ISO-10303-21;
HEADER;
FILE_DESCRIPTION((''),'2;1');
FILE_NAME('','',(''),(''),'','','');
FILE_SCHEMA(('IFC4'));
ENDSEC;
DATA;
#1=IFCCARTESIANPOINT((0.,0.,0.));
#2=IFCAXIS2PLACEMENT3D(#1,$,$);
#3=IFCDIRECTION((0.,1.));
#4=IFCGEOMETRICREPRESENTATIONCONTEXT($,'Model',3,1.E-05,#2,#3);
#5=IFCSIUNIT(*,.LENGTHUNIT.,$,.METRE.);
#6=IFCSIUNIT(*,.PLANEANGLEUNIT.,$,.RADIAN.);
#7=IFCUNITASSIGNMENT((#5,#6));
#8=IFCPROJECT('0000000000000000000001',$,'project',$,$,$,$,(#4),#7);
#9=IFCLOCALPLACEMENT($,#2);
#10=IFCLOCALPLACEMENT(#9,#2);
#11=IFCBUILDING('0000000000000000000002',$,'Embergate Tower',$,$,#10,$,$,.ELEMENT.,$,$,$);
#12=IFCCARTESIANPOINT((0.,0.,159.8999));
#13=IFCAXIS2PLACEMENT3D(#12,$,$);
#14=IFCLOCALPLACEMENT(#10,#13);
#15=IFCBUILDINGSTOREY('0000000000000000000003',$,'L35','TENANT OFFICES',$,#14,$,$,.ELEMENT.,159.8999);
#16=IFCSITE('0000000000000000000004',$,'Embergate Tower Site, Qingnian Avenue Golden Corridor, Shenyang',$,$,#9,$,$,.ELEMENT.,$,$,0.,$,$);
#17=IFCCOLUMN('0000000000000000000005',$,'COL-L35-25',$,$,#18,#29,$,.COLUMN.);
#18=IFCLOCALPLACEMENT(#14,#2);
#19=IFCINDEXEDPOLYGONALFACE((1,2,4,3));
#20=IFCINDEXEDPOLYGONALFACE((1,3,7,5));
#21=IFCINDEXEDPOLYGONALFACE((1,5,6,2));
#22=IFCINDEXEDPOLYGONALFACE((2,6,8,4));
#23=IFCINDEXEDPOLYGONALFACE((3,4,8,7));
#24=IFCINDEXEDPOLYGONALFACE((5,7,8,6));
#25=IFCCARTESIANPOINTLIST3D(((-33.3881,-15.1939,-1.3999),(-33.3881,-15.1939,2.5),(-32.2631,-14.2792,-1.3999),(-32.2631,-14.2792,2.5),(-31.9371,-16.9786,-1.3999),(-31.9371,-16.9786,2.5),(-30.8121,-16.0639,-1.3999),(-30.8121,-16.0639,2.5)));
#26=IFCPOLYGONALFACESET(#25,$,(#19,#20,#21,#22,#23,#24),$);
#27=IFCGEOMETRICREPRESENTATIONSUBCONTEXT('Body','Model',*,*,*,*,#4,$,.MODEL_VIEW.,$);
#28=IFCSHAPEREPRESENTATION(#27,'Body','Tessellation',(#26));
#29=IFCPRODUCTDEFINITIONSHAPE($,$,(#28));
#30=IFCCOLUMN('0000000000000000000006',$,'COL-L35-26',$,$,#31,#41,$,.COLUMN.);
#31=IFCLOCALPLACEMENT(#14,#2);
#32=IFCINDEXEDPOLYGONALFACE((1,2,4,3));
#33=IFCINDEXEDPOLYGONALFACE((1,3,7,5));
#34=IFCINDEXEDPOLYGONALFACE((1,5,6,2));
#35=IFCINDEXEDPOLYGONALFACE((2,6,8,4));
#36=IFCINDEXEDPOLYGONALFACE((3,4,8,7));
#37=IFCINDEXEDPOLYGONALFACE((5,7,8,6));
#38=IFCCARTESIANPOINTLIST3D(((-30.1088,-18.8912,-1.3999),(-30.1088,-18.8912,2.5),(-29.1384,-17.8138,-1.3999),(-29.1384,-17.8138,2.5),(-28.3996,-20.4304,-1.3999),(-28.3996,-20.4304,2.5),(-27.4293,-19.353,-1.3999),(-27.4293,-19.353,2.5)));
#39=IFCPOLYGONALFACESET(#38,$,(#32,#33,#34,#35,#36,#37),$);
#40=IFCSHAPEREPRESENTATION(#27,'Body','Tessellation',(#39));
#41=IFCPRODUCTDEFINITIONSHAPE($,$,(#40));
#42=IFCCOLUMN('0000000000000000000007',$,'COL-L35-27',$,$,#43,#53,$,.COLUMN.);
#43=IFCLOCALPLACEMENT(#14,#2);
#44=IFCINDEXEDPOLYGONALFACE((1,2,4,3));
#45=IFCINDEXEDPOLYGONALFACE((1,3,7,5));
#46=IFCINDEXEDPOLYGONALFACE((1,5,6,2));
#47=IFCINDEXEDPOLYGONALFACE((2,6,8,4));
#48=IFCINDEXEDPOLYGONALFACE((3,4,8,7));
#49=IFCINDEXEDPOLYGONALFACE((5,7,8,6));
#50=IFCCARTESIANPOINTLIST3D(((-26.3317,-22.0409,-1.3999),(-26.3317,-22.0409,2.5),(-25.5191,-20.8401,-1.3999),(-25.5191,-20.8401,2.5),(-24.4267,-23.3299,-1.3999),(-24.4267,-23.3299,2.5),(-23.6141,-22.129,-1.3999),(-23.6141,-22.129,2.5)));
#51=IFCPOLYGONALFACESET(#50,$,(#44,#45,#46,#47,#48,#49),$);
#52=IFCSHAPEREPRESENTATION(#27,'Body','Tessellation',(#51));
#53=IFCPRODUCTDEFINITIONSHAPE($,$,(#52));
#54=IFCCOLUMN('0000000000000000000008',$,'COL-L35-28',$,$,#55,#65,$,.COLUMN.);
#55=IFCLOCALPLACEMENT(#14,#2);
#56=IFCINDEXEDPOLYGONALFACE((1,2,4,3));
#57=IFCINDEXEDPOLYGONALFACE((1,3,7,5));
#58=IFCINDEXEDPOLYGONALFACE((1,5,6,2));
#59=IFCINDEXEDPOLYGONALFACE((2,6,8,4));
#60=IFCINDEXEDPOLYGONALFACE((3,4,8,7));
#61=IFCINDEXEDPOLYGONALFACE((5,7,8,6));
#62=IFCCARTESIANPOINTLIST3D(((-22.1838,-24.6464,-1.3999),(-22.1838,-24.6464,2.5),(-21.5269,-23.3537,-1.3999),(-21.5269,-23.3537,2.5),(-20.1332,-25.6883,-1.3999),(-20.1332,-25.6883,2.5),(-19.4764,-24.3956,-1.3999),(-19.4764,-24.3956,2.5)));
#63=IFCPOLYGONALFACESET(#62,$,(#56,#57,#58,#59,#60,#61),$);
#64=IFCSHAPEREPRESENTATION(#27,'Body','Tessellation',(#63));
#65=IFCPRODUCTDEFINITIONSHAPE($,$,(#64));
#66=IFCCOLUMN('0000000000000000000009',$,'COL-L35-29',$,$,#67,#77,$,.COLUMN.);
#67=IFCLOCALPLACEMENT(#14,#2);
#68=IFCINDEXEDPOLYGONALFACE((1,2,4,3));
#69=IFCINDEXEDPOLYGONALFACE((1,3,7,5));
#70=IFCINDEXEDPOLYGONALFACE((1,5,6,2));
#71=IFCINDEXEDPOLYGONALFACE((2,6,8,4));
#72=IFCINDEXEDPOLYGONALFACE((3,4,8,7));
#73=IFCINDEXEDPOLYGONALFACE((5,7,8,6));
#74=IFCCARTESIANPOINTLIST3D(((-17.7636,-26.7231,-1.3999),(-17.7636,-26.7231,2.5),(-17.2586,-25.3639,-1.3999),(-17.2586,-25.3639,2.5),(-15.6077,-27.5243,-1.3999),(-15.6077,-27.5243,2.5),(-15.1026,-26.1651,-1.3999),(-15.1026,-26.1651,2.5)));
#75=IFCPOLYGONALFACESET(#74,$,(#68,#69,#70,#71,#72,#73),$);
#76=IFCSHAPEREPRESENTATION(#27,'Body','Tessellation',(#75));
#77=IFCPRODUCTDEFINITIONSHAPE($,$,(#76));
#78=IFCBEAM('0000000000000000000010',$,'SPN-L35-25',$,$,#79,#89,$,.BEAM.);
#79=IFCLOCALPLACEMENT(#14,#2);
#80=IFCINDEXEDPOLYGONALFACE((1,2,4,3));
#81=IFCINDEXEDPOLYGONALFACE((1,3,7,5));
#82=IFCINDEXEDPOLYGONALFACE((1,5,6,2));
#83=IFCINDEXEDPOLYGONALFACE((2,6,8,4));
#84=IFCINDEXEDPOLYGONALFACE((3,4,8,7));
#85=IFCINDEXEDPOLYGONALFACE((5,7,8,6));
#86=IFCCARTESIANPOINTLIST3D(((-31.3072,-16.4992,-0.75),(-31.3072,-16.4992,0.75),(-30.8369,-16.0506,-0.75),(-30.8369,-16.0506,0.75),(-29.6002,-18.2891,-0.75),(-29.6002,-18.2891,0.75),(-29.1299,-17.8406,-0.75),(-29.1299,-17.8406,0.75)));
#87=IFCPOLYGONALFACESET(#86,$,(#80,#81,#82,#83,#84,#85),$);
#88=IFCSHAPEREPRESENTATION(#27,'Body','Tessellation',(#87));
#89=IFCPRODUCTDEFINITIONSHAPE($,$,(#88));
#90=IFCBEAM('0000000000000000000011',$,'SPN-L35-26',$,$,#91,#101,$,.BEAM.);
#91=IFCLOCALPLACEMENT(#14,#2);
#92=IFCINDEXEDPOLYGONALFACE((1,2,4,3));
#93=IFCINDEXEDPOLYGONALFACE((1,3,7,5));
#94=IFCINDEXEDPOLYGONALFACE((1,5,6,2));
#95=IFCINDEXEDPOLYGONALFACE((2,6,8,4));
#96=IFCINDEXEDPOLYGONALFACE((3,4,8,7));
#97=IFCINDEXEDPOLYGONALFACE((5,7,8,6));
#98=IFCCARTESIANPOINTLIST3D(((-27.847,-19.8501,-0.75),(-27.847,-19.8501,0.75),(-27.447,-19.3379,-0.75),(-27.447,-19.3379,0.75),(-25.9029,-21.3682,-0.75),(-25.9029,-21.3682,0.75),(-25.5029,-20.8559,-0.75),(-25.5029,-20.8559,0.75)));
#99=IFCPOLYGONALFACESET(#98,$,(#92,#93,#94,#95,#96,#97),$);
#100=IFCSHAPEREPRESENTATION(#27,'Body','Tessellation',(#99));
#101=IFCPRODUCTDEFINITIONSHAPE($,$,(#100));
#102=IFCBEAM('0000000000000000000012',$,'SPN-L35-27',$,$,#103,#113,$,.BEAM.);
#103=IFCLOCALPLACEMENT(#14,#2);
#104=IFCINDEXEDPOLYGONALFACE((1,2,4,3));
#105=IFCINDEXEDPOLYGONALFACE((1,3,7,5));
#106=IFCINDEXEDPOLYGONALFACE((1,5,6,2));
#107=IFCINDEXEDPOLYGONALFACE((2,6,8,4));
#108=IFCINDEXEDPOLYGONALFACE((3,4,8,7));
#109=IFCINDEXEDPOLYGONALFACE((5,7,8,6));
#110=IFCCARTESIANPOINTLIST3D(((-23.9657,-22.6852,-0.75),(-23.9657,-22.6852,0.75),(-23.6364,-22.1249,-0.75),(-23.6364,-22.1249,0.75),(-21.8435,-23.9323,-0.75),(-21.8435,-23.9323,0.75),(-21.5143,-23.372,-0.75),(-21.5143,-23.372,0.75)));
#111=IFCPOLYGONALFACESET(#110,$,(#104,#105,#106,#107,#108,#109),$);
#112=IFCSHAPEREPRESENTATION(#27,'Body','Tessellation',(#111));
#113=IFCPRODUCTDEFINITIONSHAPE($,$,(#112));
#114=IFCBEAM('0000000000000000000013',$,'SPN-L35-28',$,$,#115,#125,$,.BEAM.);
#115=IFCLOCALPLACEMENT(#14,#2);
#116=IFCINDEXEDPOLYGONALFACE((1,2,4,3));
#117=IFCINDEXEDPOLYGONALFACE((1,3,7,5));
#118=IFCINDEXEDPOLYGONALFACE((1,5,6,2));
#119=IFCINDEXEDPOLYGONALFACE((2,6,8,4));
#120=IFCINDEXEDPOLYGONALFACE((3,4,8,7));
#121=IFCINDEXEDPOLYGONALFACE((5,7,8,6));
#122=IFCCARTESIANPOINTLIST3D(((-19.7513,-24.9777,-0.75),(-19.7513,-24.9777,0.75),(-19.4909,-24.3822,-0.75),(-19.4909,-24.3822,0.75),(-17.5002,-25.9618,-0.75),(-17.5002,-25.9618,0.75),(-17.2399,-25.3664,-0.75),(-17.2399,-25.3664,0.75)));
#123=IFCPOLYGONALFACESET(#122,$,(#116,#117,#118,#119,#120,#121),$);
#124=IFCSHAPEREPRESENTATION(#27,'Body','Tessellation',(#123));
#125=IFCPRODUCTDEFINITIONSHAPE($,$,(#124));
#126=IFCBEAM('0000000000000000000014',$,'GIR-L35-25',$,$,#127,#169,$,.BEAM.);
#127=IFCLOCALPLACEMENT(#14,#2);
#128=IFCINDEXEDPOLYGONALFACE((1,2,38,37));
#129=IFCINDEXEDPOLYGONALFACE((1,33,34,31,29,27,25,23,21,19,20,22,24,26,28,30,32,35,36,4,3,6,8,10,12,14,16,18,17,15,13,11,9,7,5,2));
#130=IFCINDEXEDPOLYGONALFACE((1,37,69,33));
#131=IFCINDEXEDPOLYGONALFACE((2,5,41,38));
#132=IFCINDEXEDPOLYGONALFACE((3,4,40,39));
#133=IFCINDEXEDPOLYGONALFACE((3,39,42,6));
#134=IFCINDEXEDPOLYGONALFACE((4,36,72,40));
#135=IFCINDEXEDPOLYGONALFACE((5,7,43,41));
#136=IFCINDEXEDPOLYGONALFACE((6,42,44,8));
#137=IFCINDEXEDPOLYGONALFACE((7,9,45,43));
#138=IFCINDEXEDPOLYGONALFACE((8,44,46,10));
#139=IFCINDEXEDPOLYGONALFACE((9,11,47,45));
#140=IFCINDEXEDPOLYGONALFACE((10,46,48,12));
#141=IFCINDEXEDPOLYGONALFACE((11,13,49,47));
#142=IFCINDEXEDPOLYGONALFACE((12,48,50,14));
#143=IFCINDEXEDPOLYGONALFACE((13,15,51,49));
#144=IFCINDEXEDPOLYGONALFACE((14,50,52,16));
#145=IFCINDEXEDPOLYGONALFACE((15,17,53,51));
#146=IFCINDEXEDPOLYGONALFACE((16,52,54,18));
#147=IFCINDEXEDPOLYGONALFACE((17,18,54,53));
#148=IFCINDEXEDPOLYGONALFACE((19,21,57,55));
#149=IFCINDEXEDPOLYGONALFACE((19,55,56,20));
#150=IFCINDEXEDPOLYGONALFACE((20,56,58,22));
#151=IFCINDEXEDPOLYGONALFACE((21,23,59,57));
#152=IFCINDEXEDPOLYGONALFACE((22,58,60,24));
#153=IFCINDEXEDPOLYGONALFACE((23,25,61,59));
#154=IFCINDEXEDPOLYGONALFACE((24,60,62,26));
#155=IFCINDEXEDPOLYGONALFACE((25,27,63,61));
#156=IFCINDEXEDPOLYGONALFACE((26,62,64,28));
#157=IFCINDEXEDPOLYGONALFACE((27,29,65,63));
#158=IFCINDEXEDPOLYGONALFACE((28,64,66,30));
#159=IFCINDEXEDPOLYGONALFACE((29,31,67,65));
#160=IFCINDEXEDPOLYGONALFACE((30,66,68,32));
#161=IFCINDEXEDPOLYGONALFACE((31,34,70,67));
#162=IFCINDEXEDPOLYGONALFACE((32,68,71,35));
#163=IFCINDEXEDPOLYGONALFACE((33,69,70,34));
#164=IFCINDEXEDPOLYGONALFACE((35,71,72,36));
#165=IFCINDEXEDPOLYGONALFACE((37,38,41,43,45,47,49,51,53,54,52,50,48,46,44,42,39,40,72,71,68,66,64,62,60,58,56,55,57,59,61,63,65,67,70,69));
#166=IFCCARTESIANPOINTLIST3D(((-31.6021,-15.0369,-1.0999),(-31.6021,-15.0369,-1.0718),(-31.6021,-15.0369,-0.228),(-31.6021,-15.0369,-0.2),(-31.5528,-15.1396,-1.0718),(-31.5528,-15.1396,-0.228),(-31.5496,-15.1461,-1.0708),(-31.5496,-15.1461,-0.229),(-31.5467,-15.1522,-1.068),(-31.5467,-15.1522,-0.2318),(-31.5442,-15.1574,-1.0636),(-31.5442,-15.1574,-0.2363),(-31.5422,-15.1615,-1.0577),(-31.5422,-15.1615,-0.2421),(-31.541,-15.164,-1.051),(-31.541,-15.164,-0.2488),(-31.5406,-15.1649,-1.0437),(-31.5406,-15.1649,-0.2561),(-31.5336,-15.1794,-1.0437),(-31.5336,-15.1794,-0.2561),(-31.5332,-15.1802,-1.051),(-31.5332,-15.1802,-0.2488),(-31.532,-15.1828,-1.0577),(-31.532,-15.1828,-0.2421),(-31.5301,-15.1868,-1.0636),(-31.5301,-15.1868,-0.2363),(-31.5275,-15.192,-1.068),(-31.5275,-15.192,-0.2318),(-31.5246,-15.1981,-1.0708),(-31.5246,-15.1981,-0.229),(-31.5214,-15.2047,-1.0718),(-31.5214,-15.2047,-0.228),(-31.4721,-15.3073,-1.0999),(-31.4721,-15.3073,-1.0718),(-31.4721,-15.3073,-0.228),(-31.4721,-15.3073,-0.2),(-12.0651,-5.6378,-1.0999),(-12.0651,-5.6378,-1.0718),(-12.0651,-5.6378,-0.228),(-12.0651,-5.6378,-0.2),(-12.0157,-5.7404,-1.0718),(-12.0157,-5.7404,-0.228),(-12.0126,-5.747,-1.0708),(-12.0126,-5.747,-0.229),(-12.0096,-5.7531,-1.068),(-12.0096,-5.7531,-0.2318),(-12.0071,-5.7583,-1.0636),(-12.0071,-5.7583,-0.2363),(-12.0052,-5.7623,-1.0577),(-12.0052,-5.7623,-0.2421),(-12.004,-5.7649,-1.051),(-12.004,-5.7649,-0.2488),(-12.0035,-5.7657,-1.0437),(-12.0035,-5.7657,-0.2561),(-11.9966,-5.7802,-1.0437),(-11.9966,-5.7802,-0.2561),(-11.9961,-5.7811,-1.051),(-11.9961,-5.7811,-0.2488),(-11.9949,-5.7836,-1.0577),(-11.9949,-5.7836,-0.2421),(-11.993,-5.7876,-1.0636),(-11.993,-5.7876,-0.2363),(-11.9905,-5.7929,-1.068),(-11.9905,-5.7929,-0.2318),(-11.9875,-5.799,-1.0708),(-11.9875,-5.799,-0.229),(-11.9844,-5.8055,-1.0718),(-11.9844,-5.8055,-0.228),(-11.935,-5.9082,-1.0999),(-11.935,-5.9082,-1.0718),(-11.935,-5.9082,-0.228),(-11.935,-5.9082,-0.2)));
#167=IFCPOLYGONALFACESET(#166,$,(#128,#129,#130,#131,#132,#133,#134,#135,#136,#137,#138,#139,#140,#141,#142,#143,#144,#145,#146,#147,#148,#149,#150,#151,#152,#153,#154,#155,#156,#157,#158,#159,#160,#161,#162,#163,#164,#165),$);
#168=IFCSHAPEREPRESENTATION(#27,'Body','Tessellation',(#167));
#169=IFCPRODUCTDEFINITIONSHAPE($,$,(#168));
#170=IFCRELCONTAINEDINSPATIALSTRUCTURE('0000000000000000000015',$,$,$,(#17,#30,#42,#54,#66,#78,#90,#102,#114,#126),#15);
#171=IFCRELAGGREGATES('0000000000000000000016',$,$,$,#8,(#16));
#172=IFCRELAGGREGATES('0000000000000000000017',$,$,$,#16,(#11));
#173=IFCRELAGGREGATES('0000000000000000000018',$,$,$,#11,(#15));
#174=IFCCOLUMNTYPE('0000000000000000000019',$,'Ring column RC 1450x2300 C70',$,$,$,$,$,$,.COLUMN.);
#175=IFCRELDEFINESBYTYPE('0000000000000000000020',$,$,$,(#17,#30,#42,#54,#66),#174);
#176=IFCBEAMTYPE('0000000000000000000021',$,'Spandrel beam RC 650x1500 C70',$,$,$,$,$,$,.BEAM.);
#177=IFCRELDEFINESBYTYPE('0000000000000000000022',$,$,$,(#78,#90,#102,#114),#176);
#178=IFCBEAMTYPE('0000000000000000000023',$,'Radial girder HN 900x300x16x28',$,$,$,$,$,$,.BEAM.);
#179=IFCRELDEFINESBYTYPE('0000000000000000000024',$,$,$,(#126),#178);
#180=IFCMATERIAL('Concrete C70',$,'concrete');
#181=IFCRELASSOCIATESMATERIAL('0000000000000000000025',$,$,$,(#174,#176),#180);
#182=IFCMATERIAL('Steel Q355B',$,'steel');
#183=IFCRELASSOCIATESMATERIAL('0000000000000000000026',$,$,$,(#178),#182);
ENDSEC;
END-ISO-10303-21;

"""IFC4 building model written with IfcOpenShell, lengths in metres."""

from ifc_helpers import new_model, si_unit, direction, frame, origin, origin_2d, place, context, subcontext, project, spatial, rectangle, i_section, extrude, source, transform, mapped, material, material_profile, profile_set, type_object, element, save


model = new_model("IFC4")

# Units and contexts
model_context = context("Model", 3, precision=1e-05, world=origin(), true_north=direction((0.0, 1.0)))
body_context = subcontext(model_context, "Body", "Model", "MODEL_VIEW")
ifc_project = project(units=[si_unit("LENGTHUNIT", "METRE"), si_unit("PLANEANGLEUNIT", "RADIAN")], contexts=[model_context])

# Site, building, storey
site_placement = place(None, origin())
site = spatial("IfcSite", under=ifc_project, at=site_placement, Name="Embergate Tower Site, Qingnian Avenue Golden Corridor, Shenyang", CompositionType="ELEMENT", RefElevation=0.0)
building_placement = place(site_placement, origin())
building = spatial("IfcBuilding", under=site, at=building_placement, Name="Embergate Tower", CompositionType="ELEMENT")
storey_placement = place(building_placement, frame((0.0, 0.0, 159.8999)))
storey = spatial("IfcBuildingStorey", under=building, at=storey_placement, Name="L35", Description="TENANT OFFICES", CompositionType="ELEMENT", Elevation=159.8999)

# Columns
ifc_material_1 = material(Name="Concrete C70", Category="concrete")
ifc_material_profile_1 = material_profile(ifc_material_1, rectangle(XDim=1.45, YDim=2.3, at=origin_2d()), Name="RC 1450x2300")
ifc_profile_set_1 = profile_set([ifc_material_profile_1], Name="Concrete C70")
column_type = type_object("IfcColumnType", Name="Ring column RC 1450x2300 C70", PredefinedType="COLUMN", material=ifc_profile_set_1)
shared_shape_1 = source(origin(), body_context, "Body", "SweptSolid", [
    extrude(rectangle(XDim=1.45, YDim=2.3, at=origin_2d()), origin(), (0.0, 0.0, 1.0), 3.8999),
])
for number, where, z_axis, x_axis, name in (
    (1, (-32.1001, -15.6289, -1.3999), (0.0, 0.0, 1.0), (-0.775914, -0.630838, 0.0), "COL-L35-25"),
    (2, (-28.769, -19.1221, -1.3999), (0.0, 0.0, 1.0), (-0.669208, -0.743075, 0.0), "COL-L35-26"),
    (3, (-24.9729, -22.085, -1.3999), (0.0, 0.0, 1.0), (-0.560393, -0.828227, 0.0), "COL-L35-27"),
    (4, (-20.8301, -24.521, -1.3999), (0.0, 0.0, 1.0), (-0.452995, -0.891513, 0.0), "COL-L35-28"),
    (5, (-16.4331, -26.4441, -1.3999), (0.0, 0.0, 1.0), (-0.348343, -0.937367, 0.0), "COL-L35-29"),
):
    element("IfcColumn", number, at=place(storey_placement, frame(where, z_axis=z_axis, x_axis=x_axis)), inside=storey, type_object=column_type, Name=name, PredefinedType="COLUMN", context=body_context, shape_type="MappedRepresentation", body=[
        mapped(shared_shape_1, transform((0.0, 0.0, 0.0))),
    ])

# Beams
ifc_material_profile_2 = material_profile(ifc_material_1, rectangle(XDim=0.6499, YDim=1.5, at=origin_2d()), Name="RC 650x1500")
ifc_profile_set_2 = profile_set([ifc_material_profile_2], Name="Concrete C70")
beam_type_1 = type_object("IfcBeamType", Name="Spandrel beam RC 650x1500 C70", PredefinedType="BEAM", material=ifc_profile_set_2)
shared_shape_2 = source(origin(), body_context, "Body", "SweptSolid", [
    extrude(rectangle(XDim=0.6499, YDim=1.5, at=origin_2d()), origin(), (0.0, 0.0, 1.0), 2.4734),
])
beam_1_placement = place(storey_placement, frame((-31.072, -16.2749, 0.0), z_axis=(0.690128, -0.723687, 0.0), x_axis=(0.723687, 0.690128, 0.0)))
element("IfcBeam", 6, at=beam_1_placement, inside=storey, type_object=beam_type_1, Name="SPN-L35-25", PredefinedType="BEAM", context=body_context, shape_type="MappedRepresentation", body=[
    mapped(shared_shape_2, transform((0.0, 0.0, 0.0))),
])
shared_shape_3 = source(origin(), body_context, "Body", "SweptSolid", [
    extrude(rectangle(XDim=0.6499, YDim=1.5, at=origin_2d()), origin(), (0.0, 0.0, 1.0), 2.4666),
])
beam_2_placement = place(storey_placement, frame((-27.647, -19.594, 0.0), z_axis=(0.788173, -0.615454, 0.0), x_axis=(0.615454, 0.788173, 0.0)))
element("IfcBeam", 7, at=beam_2_placement, inside=storey, type_object=beam_type_1, Name="SPN-L35-26", PredefinedType="BEAM", context=body_context, shape_type="MappedRepresentation", body=[
    mapped(shared_shape_3, transform((0.0, 0.0, 0.0))),
])
shared_shape_4 = source(origin(), body_context, "Body", "SweptSolid", [
    extrude(rectangle(XDim=0.6499, YDim=1.5, at=origin_2d()), origin(), (0.0, 0.0, 1.0), 2.4614),
])
beam_3_placement = place(storey_placement, frame((-23.801, -22.405, 0.0), z_axis=(0.862148, -0.506656, 0.0), x_axis=(0.506656, 0.862148, 0.0)))
element("IfcBeam", 8, at=beam_3_placement, inside=storey, type_object=beam_type_1, Name="SPN-L35-27", PredefinedType="BEAM", context=body_context, shape_type="MappedRepresentation", body=[
    mapped(shared_shape_4, transform((0.0, 0.0, 0.0))),
])
shared_shape_5 = source(origin(), body_context, "Body", "SweptSolid", [
    extrude(rectangle(XDim=0.6499, YDim=1.5, at=origin_2d()), origin(), (0.0, 0.0, 1.0), 2.4568),
])
beam_4_placement = place(storey_placement, frame((-19.6211, -24.6799, 0.0), z_axis=(0.916258, -0.400589, 0.0), x_axis=(0.400589, 0.916258, 0.0)))
element("IfcBeam", 9, at=beam_4_placement, inside=storey, type_object=beam_type_1, Name="SPN-L35-28", PredefinedType="BEAM", context=body_context, shape_type="MappedRepresentation", body=[
    mapped(shared_shape_5, transform((0.0, 0.0, 0.0))),
])
ifc_material_2 = material(Name="Steel Q355B", Category="steel")
ifc_material_profile_3 = material_profile(ifc_material_2, i_section(OverallWidth=0.3, OverallDepth=0.8999, WebThickness=0.0161, FlangeThickness=0.0281, FilletRadius=0.0281, at=origin_2d()), Name="HN 900x300x16x28")
ifc_profile_set_3 = profile_set([ifc_material_profile_3], Name="Steel Q355 grade B")
beam_type_2 = type_object("IfcBeamType", Name="Radial girder HN 900x300x16x28", PredefinedType="BEAM", material=ifc_profile_set_3)
shared_shape_6 = source(origin(), body_context, "Body", "SweptSolid", [
    extrude(i_section(OverallWidth=0.3, OverallDepth=0.8999, WebThickness=0.0161, FlangeThickness=0.0281, FilletRadius=0.0281, at=origin_2d()), origin(), (0.0, 0.0, 1.0), 21.6804),
])
beam_5_placement = place(storey_placement, frame((-31.5371, -15.1721, -0.6499), z_axis=(0.901138, 0.433532, 0.0), x_axis=(-0.433532, 0.901138, 0.0)))
element("IfcBeam", 10, at=beam_5_placement, inside=storey, type_object=beam_type_2, Name="GIR-L35-25", PredefinedType="BEAM", context=body_context, shape_type="MappedRepresentation", body=[
    mapped(shared_shape_6, transform((0.0, 0.0, 0.0))),
])

save(model, "model.ifc")
